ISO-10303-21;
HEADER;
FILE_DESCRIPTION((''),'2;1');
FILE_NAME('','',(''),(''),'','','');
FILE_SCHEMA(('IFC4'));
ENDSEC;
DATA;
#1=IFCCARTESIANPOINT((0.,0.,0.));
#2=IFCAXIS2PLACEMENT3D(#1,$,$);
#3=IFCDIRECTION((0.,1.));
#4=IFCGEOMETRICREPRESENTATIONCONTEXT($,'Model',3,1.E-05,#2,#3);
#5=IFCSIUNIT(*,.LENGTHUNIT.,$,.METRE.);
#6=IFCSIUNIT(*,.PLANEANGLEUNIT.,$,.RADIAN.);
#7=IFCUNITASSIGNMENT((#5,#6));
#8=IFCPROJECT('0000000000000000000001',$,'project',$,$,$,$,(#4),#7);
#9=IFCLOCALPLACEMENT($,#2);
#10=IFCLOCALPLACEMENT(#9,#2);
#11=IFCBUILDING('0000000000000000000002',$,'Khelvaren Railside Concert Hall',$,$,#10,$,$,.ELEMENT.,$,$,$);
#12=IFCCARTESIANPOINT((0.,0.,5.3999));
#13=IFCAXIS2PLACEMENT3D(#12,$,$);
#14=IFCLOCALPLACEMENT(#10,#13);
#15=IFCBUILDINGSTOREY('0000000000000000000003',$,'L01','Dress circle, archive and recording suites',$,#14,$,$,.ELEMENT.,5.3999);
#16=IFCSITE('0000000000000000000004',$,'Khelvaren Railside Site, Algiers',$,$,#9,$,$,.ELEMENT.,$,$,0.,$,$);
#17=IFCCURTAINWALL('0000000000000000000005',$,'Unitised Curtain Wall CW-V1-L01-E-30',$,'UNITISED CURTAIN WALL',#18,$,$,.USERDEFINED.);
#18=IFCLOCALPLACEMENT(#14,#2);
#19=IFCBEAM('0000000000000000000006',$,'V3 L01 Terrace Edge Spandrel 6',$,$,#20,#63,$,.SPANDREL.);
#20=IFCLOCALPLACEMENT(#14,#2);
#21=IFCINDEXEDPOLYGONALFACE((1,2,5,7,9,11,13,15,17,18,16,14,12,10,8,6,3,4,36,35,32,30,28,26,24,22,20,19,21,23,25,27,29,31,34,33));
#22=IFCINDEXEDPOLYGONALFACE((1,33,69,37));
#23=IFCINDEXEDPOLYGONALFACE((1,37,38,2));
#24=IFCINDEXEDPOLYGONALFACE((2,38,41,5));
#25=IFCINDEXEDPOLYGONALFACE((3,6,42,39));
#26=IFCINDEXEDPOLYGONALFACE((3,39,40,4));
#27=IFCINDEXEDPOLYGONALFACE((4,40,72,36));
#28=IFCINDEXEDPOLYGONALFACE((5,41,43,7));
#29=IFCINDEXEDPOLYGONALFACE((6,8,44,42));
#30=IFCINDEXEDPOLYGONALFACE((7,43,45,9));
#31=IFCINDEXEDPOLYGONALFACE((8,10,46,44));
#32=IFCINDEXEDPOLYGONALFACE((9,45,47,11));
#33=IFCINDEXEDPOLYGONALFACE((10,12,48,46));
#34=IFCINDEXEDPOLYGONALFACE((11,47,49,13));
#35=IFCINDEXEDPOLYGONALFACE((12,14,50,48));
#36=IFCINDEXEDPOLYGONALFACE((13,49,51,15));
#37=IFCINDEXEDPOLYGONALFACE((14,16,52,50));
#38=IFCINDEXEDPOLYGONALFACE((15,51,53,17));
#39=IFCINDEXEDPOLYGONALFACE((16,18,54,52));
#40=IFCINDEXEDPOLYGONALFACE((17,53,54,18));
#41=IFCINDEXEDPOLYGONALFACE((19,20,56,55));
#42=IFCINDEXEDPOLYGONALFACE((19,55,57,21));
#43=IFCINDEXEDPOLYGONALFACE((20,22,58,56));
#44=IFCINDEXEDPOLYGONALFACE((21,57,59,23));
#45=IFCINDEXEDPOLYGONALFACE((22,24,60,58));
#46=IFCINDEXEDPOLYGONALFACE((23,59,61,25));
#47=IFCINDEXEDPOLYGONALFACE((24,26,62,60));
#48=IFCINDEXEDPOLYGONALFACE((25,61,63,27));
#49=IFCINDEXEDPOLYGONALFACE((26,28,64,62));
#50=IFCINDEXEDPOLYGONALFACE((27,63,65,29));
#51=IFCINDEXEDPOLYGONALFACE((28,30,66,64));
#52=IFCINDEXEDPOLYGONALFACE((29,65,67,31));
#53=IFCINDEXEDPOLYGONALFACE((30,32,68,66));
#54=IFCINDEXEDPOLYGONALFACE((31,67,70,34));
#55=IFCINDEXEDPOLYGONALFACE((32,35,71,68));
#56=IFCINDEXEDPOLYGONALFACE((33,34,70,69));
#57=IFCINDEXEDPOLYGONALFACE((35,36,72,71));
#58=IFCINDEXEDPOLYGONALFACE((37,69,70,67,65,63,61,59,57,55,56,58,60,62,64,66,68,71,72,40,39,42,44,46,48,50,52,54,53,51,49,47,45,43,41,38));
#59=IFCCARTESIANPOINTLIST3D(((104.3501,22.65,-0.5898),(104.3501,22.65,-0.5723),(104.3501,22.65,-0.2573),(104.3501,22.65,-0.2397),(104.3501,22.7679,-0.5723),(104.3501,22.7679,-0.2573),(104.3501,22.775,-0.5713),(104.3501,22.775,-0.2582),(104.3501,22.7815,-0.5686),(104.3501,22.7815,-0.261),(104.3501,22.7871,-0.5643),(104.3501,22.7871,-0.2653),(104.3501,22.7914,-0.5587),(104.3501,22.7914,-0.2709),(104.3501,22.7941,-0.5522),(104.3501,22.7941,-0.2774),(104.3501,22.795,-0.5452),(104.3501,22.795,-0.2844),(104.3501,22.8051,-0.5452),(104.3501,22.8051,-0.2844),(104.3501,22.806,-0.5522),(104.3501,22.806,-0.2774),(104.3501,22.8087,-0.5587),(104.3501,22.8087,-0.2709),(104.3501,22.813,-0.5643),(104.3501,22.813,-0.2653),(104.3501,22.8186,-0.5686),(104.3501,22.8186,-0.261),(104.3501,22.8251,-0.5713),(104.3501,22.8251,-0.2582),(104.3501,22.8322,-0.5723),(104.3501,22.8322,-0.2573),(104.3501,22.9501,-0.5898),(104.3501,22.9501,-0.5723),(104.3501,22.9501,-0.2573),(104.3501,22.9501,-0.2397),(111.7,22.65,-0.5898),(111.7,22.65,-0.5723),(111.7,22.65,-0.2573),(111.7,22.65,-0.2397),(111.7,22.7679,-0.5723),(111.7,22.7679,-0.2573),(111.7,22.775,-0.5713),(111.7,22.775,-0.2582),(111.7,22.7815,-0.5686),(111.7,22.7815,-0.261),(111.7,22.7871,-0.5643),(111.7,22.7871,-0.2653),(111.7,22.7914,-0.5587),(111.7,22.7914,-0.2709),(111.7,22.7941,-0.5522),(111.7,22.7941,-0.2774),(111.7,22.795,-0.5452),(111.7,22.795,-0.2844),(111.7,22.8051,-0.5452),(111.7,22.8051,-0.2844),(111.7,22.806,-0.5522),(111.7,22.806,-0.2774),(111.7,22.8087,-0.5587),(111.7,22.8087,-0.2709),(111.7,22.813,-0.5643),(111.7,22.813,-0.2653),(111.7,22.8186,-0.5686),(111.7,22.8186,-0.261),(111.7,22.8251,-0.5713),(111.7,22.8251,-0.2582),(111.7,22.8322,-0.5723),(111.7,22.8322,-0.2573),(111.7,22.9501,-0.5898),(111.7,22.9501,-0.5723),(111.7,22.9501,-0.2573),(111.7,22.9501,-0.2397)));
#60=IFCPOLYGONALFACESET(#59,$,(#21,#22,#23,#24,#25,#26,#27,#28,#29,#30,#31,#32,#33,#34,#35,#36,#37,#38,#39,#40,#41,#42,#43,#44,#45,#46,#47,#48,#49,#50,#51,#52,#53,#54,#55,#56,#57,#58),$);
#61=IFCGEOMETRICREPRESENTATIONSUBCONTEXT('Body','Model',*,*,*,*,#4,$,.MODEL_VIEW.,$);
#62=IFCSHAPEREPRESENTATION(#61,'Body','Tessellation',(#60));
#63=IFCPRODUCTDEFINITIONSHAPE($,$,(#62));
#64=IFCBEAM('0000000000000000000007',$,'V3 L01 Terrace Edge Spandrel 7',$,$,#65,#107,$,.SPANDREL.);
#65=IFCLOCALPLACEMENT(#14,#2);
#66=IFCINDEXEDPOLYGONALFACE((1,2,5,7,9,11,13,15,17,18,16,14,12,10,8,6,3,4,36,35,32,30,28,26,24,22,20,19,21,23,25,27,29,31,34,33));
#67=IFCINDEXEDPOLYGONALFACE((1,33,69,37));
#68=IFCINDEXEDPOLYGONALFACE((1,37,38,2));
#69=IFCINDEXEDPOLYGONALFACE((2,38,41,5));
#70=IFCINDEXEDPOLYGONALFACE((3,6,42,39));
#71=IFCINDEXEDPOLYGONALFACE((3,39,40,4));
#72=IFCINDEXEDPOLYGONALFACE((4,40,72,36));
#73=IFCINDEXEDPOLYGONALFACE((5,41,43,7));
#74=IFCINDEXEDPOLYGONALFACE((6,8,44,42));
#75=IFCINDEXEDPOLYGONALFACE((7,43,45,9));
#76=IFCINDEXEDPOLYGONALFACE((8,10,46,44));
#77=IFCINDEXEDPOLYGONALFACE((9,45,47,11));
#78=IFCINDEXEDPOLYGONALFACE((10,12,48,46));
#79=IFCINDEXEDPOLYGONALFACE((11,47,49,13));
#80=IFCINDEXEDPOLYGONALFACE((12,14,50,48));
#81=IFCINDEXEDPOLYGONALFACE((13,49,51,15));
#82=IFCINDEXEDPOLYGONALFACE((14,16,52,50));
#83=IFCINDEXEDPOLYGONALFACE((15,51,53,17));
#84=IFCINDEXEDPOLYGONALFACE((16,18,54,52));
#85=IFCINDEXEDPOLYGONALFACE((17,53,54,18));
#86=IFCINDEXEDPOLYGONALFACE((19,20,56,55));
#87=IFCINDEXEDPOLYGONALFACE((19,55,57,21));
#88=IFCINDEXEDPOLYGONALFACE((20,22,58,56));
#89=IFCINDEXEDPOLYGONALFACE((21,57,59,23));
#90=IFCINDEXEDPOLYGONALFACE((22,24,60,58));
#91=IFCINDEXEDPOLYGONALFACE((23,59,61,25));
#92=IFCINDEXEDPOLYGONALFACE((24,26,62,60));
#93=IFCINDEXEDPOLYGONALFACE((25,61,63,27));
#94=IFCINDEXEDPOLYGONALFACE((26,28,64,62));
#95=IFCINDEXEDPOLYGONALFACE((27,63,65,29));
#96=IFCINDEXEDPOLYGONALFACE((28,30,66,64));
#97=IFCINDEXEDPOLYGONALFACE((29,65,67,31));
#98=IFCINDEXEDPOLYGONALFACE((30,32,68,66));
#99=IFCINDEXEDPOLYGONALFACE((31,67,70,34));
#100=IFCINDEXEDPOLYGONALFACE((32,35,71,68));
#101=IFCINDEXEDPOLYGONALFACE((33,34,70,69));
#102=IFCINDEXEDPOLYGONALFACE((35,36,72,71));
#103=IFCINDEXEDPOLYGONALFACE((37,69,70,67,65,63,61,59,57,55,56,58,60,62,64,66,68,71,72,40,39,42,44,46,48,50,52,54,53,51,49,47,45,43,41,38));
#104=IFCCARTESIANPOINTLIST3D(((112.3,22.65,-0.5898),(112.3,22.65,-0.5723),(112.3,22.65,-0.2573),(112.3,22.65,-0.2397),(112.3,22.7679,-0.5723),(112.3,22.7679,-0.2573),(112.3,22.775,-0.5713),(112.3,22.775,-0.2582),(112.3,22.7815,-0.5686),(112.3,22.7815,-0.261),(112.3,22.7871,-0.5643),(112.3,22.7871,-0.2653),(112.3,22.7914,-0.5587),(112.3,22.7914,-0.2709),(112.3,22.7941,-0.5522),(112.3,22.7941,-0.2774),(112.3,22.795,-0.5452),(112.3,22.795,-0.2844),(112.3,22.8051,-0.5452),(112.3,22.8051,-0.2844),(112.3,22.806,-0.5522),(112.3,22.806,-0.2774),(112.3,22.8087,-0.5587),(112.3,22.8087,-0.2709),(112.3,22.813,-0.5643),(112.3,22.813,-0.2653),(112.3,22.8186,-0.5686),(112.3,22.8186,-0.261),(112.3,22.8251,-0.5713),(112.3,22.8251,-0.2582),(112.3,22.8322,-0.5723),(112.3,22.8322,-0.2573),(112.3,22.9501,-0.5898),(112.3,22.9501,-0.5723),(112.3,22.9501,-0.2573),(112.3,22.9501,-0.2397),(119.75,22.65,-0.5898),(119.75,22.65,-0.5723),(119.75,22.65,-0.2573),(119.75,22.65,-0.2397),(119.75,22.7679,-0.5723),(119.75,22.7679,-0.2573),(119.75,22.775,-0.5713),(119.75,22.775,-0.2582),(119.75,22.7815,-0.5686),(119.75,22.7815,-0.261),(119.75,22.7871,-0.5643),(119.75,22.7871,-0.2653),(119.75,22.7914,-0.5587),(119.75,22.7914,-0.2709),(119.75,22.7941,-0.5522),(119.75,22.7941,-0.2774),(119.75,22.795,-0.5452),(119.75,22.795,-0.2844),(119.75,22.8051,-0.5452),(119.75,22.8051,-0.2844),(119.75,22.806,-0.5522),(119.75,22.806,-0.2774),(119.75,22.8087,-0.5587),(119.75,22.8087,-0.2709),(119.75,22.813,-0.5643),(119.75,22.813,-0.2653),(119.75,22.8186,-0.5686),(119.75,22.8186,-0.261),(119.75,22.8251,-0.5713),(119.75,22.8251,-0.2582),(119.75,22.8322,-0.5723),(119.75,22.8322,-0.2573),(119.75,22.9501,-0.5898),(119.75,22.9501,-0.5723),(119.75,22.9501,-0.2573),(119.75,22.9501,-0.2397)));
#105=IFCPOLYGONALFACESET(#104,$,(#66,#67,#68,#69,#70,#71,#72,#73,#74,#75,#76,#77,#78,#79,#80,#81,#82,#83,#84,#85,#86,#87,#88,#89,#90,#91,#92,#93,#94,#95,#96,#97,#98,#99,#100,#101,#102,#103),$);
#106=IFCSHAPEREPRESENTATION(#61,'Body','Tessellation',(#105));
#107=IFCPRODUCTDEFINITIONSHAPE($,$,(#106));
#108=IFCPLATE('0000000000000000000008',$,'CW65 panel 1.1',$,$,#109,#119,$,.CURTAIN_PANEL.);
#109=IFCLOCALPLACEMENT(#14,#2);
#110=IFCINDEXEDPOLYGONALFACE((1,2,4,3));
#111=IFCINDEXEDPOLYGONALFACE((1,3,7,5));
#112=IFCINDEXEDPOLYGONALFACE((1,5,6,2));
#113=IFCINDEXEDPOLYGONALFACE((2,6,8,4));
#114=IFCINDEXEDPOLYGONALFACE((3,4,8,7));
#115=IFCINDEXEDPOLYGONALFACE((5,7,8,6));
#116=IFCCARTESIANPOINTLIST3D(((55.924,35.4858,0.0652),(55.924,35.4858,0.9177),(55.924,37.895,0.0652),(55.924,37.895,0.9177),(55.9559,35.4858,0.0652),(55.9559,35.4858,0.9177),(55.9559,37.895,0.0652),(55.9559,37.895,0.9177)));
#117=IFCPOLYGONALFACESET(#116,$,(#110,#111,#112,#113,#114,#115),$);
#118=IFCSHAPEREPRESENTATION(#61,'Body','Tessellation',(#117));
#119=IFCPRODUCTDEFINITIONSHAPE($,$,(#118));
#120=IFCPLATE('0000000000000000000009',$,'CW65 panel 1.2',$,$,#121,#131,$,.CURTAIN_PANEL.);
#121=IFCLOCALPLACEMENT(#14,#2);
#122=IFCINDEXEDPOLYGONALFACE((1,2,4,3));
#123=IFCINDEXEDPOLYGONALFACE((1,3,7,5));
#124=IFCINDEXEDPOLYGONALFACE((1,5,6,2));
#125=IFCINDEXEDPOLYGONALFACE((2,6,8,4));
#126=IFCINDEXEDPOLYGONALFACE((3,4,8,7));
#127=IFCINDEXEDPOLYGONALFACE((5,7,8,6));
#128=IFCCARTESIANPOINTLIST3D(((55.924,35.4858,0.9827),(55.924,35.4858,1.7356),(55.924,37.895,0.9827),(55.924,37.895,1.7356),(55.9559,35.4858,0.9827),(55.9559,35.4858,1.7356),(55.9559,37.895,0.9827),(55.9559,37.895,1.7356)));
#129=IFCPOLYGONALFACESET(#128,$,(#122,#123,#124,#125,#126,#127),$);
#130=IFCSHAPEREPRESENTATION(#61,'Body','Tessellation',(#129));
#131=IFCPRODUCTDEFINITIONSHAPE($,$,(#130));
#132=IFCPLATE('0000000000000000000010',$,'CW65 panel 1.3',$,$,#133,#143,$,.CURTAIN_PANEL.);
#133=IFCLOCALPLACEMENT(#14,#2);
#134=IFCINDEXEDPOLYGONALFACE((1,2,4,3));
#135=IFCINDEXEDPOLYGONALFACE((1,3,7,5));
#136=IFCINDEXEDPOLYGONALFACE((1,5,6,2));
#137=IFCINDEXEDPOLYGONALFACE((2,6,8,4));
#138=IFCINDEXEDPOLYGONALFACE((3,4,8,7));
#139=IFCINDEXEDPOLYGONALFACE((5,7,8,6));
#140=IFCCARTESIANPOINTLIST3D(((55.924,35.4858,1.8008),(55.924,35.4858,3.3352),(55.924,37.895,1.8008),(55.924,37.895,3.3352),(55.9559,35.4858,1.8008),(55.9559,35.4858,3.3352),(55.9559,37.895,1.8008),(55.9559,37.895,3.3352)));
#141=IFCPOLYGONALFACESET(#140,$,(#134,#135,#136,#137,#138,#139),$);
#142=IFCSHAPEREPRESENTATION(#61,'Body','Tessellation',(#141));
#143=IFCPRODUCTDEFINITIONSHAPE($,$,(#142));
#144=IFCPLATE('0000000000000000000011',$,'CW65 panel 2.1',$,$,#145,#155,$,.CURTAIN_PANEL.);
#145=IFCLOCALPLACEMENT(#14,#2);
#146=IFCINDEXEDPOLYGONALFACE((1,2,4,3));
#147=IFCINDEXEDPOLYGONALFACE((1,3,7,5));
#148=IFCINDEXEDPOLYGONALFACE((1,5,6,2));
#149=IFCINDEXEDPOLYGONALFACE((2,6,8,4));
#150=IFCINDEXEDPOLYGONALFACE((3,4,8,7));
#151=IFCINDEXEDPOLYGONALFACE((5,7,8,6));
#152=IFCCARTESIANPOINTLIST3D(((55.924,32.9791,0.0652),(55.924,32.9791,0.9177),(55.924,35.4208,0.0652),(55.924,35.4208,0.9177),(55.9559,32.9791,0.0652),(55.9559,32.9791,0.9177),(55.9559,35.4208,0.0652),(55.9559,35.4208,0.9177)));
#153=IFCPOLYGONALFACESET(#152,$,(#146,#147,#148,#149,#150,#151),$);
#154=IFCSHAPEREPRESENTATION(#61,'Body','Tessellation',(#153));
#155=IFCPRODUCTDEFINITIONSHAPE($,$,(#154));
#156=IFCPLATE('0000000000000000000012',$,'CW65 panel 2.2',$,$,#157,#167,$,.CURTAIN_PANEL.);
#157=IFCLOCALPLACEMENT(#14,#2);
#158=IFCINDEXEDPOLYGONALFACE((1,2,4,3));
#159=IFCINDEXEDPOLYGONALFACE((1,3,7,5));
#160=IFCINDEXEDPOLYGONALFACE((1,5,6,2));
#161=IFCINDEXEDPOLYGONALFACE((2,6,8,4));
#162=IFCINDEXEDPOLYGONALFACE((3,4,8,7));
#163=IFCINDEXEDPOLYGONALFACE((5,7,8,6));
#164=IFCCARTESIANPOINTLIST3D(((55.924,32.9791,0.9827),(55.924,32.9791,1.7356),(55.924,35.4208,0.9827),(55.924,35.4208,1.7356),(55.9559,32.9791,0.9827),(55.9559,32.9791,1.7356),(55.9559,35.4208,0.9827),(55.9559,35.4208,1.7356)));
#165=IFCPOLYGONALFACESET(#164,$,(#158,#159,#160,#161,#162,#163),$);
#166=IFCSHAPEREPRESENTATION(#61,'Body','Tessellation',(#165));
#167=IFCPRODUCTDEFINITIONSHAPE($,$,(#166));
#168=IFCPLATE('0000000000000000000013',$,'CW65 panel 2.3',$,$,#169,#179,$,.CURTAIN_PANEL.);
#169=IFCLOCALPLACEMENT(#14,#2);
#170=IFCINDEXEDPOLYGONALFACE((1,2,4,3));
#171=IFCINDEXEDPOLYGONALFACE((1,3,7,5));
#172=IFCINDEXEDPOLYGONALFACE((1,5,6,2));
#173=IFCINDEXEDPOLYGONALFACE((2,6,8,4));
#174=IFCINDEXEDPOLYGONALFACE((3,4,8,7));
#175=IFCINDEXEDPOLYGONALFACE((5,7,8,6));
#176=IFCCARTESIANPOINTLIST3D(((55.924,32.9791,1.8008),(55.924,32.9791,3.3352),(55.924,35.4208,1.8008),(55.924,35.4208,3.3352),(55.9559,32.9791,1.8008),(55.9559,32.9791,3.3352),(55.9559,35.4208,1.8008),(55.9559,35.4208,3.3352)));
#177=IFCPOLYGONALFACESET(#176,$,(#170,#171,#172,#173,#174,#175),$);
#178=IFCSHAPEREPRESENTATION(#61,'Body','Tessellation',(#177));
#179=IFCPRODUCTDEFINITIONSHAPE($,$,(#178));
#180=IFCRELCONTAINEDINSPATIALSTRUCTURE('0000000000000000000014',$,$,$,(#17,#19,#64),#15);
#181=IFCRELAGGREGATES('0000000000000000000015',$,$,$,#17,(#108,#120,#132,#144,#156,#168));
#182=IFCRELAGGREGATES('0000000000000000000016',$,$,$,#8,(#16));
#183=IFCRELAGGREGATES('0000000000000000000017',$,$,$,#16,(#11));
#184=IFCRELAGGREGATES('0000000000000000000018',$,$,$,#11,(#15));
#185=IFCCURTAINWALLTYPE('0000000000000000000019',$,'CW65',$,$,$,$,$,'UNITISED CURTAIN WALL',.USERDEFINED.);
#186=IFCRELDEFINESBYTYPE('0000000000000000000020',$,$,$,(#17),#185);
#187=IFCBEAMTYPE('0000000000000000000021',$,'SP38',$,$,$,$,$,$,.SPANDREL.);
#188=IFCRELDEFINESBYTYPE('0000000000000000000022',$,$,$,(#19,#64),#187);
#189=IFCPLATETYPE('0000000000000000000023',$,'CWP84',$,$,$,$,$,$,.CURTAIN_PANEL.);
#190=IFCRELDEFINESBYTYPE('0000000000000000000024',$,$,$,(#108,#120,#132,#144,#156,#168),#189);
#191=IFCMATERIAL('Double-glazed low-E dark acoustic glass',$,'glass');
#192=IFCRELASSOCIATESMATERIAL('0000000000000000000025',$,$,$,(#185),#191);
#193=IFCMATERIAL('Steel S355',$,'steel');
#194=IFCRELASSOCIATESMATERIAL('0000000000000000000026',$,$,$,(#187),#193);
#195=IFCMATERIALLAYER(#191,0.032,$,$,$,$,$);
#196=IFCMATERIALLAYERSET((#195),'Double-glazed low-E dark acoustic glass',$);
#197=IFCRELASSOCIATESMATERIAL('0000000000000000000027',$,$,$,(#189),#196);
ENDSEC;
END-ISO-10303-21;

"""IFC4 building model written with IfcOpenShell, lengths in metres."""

from ifc_helpers import new_model, si_unit, direction, frame, origin, origin_2d, place, context, subcontext, project, spatial, rectangle, i_section, extrude, material, layer, layer_set, material_profile, profile_set, type_object, element, aggregate, save


model = new_model("IFC4")

# Units and contexts
model_context = context("Model", 3, precision=1e-05, world=origin(), true_north=direction((0.0, 1.0)))
body_context = subcontext(model_context, "Body", "Model", "MODEL_VIEW")
ifc_project = project(units=[si_unit("LENGTHUNIT", "METRE"), si_unit("PLANEANGLEUNIT", "RADIAN")], contexts=[model_context])

# Site, building, storey
site_placement = place(None, origin())
site = spatial("IfcSite", under=ifc_project, at=site_placement, Name="Khelvaren Railside Site, Algiers", CompositionType="ELEMENT", RefElevation=0.0)
building_placement = place(site_placement, origin())
building = spatial("IfcBuilding", under=site, at=building_placement, Name="Khelvaren Railside Concert Hall", CompositionType="ELEMENT")
storey_placement = place(building_placement, frame((0.0, 0.0, 5.3999)))
storey = spatial("IfcBuildingStorey", under=building, at=storey_placement, Name="L01", Description="Dress circle, archive and recording suites", CompositionType="ELEMENT", Elevation=5.3999)

# Curtain wall
ifc_material_1 = material(Name="Double-glazed low-E dark acoustic glass", Category="glass")
curtain_wall_type_1 = type_object("IfcCurtainWallType", Name="CW65", ElementType="UNITISED CURTAIN WALL", PredefinedType="USERDEFINED", material=ifc_material_1)
curtain_wall_1_placement = place(storey_placement, origin())
curtain_wall_1 = element("IfcCurtainWall", 1, at=curtain_wall_1_placement, inside=storey, type_object=curtain_wall_type_1, Name="Unitised Curtain Wall CW-V1-L01-E-30", ObjectType="UNITISED CURTAIN WALL", PredefinedType="USERDEFINED")

# Beams
ifc_material_2 = material(Name="Steel S355", Category="steel")
ifc_material_profile_1 = material_profile(ifc_material_2, i_section(OverallWidth=0.3, OverallDepth=0.3501, WebThickness=0.01, FlangeThickness=0.0176, FilletRadius=0.0271, at=origin_2d()), Name="HEA 360")
ifc_profile_set_1 = profile_set([ifc_material_profile_1], Name="Steel S355")
beam_type = type_object("IfcBeamType", Name="SP38", PredefinedType="SPANDREL", material=ifc_profile_set_1)
beam_1_placement = place(storey_placement, frame((104.3501, 22.8, -0.4148), z_axis=(1.0, 0.0, 0.0), x_axis=(0.0, 1.0, 0.0)))
element("IfcBeam", 2, at=beam_1_placement, inside=storey, type_object=beam_type, Name="V3 L01 Terrace Edge Spandrel 6", PredefinedType="SPANDREL", context=body_context, shape_type="SweptSolid", body=[
    extrude(i_section(OverallWidth=0.3, OverallDepth=0.3501, WebThickness=0.01, FlangeThickness=0.0176, FilletRadius=0.0271, at=origin_2d()), origin(), (0.0, 0.0, 1.0), 7.3499),
])
beam_2_placement = place(storey_placement, frame((112.3, 22.8, -0.4148), z_axis=(1.0, 0.0, 0.0), x_axis=(0.0, 1.0, 0.0)))
element("IfcBeam", 3, at=beam_2_placement, inside=storey, type_object=beam_type, Name="V3 L01 Terrace Edge Spandrel 7", PredefinedType="SPANDREL", context=body_context, shape_type="SweptSolid", body=[
    extrude(i_section(OverallWidth=0.3, OverallDepth=0.3501, WebThickness=0.01, FlangeThickness=0.0176, FilletRadius=0.0271, at=origin_2d()), origin(), (0.0, 0.0, 1.0), 7.45),
])

# Plates
ifc_layer = layer(ifc_material_1, 0.032)
ifc_layer_set = layer_set([ifc_layer], Name="Double-glazed low-E dark acoustic glass")
plate_type = type_object("IfcPlateType", Name="CWP84", PredefinedType="CURTAIN_PANEL", material=ifc_layer_set)
plate_1_placement = place(storey_placement, frame((55.9399, 36.6904, 0.0652), z_axis=(0.0, 0.0, 1.0), x_axis=(0.0, -1.0, 0.0)))
plate_1 = element("IfcPlate", 4, at=plate_1_placement, type_object=plate_type, Name="CW65 panel 1.1", PredefinedType="CURTAIN_PANEL", context=body_context, shape_type="SweptSolid", body=[
    extrude(rectangle(XDim=2.4092, YDim=0.032, at=origin_2d()), origin(), (0.0, 0.0, 1.0), 0.8525),
])
plate_2_placement = place(storey_placement, frame((55.9399, 36.6904, 0.9827), z_axis=(0.0, 0.0, 1.0), x_axis=(0.0, -1.0, 0.0)))
plate_2 = element("IfcPlate", 5, at=plate_2_placement, type_object=plate_type, Name="CW65 panel 1.2", PredefinedType="CURTAIN_PANEL", context=body_context, shape_type="SweptSolid", body=[
    extrude(rectangle(XDim=2.4092, YDim=0.032, at=origin_2d()), origin(), (0.0, 0.0, 1.0), 0.7529),
])
plate_3_placement = place(storey_placement, frame((55.9399, 36.6904, 1.8008), z_axis=(0.0, 0.0, 1.0), x_axis=(0.0, -1.0, 0.0)))
plate_3 = element("IfcPlate", 6, at=plate_3_placement, type_object=plate_type, Name="CW65 panel 1.3", PredefinedType="CURTAIN_PANEL", context=body_context, shape_type="SweptSolid", body=[
    extrude(rectangle(XDim=2.4092, YDim=0.032, at=origin_2d()), origin(), (0.0, 0.0, 1.0), 1.5344),
])
plate_4_placement = place(storey_placement, frame((55.9399, 34.2, 0.0652), z_axis=(0.0, 0.0, 1.0), x_axis=(0.0, -1.0, 0.0)))
plate_4 = element("IfcPlate", 7, at=plate_4_placement, type_object=plate_type, Name="CW65 panel 2.1", PredefinedType="CURTAIN_PANEL", context=body_context, shape_type="SweptSolid", body=[
    extrude(rectangle(XDim=2.4417, YDim=0.032, at=origin_2d()), origin(), (0.0, 0.0, 1.0), 0.8525),
])
plate_5_placement = place(storey_placement, frame((55.9399, 34.2, 0.9827), z_axis=(0.0, 0.0, 1.0), x_axis=(0.0, -1.0, 0.0)))
plate_5 = element("IfcPlate", 8, at=plate_5_placement, type_object=plate_type, Name="CW65 panel 2.2", PredefinedType="CURTAIN_PANEL", context=body_context, shape_type="SweptSolid", body=[
    extrude(rectangle(XDim=2.4417, YDim=0.032, at=origin_2d()), origin(), (0.0, 0.0, 1.0), 0.7529),
])
plate_6_placement = place(storey_placement, frame((55.9399, 34.2, 1.8008), z_axis=(0.0, 0.0, 1.0), x_axis=(0.0, -1.0, 0.0)))
plate_6 = element("IfcPlate", 9, at=plate_6_placement, type_object=plate_type, Name="CW65 panel 2.3", PredefinedType="CURTAIN_PANEL", context=body_context, shape_type="SweptSolid", body=[
    extrude(rectangle(XDim=2.4417, YDim=0.032, at=origin_2d()), origin(), (0.0, 0.0, 1.0), 1.5344),
])
aggregate(curtain_wall_1, [plate_1, plate_2, plate_3, plate_4, plate_5, plate_6])

save(model, "model.ifc")
